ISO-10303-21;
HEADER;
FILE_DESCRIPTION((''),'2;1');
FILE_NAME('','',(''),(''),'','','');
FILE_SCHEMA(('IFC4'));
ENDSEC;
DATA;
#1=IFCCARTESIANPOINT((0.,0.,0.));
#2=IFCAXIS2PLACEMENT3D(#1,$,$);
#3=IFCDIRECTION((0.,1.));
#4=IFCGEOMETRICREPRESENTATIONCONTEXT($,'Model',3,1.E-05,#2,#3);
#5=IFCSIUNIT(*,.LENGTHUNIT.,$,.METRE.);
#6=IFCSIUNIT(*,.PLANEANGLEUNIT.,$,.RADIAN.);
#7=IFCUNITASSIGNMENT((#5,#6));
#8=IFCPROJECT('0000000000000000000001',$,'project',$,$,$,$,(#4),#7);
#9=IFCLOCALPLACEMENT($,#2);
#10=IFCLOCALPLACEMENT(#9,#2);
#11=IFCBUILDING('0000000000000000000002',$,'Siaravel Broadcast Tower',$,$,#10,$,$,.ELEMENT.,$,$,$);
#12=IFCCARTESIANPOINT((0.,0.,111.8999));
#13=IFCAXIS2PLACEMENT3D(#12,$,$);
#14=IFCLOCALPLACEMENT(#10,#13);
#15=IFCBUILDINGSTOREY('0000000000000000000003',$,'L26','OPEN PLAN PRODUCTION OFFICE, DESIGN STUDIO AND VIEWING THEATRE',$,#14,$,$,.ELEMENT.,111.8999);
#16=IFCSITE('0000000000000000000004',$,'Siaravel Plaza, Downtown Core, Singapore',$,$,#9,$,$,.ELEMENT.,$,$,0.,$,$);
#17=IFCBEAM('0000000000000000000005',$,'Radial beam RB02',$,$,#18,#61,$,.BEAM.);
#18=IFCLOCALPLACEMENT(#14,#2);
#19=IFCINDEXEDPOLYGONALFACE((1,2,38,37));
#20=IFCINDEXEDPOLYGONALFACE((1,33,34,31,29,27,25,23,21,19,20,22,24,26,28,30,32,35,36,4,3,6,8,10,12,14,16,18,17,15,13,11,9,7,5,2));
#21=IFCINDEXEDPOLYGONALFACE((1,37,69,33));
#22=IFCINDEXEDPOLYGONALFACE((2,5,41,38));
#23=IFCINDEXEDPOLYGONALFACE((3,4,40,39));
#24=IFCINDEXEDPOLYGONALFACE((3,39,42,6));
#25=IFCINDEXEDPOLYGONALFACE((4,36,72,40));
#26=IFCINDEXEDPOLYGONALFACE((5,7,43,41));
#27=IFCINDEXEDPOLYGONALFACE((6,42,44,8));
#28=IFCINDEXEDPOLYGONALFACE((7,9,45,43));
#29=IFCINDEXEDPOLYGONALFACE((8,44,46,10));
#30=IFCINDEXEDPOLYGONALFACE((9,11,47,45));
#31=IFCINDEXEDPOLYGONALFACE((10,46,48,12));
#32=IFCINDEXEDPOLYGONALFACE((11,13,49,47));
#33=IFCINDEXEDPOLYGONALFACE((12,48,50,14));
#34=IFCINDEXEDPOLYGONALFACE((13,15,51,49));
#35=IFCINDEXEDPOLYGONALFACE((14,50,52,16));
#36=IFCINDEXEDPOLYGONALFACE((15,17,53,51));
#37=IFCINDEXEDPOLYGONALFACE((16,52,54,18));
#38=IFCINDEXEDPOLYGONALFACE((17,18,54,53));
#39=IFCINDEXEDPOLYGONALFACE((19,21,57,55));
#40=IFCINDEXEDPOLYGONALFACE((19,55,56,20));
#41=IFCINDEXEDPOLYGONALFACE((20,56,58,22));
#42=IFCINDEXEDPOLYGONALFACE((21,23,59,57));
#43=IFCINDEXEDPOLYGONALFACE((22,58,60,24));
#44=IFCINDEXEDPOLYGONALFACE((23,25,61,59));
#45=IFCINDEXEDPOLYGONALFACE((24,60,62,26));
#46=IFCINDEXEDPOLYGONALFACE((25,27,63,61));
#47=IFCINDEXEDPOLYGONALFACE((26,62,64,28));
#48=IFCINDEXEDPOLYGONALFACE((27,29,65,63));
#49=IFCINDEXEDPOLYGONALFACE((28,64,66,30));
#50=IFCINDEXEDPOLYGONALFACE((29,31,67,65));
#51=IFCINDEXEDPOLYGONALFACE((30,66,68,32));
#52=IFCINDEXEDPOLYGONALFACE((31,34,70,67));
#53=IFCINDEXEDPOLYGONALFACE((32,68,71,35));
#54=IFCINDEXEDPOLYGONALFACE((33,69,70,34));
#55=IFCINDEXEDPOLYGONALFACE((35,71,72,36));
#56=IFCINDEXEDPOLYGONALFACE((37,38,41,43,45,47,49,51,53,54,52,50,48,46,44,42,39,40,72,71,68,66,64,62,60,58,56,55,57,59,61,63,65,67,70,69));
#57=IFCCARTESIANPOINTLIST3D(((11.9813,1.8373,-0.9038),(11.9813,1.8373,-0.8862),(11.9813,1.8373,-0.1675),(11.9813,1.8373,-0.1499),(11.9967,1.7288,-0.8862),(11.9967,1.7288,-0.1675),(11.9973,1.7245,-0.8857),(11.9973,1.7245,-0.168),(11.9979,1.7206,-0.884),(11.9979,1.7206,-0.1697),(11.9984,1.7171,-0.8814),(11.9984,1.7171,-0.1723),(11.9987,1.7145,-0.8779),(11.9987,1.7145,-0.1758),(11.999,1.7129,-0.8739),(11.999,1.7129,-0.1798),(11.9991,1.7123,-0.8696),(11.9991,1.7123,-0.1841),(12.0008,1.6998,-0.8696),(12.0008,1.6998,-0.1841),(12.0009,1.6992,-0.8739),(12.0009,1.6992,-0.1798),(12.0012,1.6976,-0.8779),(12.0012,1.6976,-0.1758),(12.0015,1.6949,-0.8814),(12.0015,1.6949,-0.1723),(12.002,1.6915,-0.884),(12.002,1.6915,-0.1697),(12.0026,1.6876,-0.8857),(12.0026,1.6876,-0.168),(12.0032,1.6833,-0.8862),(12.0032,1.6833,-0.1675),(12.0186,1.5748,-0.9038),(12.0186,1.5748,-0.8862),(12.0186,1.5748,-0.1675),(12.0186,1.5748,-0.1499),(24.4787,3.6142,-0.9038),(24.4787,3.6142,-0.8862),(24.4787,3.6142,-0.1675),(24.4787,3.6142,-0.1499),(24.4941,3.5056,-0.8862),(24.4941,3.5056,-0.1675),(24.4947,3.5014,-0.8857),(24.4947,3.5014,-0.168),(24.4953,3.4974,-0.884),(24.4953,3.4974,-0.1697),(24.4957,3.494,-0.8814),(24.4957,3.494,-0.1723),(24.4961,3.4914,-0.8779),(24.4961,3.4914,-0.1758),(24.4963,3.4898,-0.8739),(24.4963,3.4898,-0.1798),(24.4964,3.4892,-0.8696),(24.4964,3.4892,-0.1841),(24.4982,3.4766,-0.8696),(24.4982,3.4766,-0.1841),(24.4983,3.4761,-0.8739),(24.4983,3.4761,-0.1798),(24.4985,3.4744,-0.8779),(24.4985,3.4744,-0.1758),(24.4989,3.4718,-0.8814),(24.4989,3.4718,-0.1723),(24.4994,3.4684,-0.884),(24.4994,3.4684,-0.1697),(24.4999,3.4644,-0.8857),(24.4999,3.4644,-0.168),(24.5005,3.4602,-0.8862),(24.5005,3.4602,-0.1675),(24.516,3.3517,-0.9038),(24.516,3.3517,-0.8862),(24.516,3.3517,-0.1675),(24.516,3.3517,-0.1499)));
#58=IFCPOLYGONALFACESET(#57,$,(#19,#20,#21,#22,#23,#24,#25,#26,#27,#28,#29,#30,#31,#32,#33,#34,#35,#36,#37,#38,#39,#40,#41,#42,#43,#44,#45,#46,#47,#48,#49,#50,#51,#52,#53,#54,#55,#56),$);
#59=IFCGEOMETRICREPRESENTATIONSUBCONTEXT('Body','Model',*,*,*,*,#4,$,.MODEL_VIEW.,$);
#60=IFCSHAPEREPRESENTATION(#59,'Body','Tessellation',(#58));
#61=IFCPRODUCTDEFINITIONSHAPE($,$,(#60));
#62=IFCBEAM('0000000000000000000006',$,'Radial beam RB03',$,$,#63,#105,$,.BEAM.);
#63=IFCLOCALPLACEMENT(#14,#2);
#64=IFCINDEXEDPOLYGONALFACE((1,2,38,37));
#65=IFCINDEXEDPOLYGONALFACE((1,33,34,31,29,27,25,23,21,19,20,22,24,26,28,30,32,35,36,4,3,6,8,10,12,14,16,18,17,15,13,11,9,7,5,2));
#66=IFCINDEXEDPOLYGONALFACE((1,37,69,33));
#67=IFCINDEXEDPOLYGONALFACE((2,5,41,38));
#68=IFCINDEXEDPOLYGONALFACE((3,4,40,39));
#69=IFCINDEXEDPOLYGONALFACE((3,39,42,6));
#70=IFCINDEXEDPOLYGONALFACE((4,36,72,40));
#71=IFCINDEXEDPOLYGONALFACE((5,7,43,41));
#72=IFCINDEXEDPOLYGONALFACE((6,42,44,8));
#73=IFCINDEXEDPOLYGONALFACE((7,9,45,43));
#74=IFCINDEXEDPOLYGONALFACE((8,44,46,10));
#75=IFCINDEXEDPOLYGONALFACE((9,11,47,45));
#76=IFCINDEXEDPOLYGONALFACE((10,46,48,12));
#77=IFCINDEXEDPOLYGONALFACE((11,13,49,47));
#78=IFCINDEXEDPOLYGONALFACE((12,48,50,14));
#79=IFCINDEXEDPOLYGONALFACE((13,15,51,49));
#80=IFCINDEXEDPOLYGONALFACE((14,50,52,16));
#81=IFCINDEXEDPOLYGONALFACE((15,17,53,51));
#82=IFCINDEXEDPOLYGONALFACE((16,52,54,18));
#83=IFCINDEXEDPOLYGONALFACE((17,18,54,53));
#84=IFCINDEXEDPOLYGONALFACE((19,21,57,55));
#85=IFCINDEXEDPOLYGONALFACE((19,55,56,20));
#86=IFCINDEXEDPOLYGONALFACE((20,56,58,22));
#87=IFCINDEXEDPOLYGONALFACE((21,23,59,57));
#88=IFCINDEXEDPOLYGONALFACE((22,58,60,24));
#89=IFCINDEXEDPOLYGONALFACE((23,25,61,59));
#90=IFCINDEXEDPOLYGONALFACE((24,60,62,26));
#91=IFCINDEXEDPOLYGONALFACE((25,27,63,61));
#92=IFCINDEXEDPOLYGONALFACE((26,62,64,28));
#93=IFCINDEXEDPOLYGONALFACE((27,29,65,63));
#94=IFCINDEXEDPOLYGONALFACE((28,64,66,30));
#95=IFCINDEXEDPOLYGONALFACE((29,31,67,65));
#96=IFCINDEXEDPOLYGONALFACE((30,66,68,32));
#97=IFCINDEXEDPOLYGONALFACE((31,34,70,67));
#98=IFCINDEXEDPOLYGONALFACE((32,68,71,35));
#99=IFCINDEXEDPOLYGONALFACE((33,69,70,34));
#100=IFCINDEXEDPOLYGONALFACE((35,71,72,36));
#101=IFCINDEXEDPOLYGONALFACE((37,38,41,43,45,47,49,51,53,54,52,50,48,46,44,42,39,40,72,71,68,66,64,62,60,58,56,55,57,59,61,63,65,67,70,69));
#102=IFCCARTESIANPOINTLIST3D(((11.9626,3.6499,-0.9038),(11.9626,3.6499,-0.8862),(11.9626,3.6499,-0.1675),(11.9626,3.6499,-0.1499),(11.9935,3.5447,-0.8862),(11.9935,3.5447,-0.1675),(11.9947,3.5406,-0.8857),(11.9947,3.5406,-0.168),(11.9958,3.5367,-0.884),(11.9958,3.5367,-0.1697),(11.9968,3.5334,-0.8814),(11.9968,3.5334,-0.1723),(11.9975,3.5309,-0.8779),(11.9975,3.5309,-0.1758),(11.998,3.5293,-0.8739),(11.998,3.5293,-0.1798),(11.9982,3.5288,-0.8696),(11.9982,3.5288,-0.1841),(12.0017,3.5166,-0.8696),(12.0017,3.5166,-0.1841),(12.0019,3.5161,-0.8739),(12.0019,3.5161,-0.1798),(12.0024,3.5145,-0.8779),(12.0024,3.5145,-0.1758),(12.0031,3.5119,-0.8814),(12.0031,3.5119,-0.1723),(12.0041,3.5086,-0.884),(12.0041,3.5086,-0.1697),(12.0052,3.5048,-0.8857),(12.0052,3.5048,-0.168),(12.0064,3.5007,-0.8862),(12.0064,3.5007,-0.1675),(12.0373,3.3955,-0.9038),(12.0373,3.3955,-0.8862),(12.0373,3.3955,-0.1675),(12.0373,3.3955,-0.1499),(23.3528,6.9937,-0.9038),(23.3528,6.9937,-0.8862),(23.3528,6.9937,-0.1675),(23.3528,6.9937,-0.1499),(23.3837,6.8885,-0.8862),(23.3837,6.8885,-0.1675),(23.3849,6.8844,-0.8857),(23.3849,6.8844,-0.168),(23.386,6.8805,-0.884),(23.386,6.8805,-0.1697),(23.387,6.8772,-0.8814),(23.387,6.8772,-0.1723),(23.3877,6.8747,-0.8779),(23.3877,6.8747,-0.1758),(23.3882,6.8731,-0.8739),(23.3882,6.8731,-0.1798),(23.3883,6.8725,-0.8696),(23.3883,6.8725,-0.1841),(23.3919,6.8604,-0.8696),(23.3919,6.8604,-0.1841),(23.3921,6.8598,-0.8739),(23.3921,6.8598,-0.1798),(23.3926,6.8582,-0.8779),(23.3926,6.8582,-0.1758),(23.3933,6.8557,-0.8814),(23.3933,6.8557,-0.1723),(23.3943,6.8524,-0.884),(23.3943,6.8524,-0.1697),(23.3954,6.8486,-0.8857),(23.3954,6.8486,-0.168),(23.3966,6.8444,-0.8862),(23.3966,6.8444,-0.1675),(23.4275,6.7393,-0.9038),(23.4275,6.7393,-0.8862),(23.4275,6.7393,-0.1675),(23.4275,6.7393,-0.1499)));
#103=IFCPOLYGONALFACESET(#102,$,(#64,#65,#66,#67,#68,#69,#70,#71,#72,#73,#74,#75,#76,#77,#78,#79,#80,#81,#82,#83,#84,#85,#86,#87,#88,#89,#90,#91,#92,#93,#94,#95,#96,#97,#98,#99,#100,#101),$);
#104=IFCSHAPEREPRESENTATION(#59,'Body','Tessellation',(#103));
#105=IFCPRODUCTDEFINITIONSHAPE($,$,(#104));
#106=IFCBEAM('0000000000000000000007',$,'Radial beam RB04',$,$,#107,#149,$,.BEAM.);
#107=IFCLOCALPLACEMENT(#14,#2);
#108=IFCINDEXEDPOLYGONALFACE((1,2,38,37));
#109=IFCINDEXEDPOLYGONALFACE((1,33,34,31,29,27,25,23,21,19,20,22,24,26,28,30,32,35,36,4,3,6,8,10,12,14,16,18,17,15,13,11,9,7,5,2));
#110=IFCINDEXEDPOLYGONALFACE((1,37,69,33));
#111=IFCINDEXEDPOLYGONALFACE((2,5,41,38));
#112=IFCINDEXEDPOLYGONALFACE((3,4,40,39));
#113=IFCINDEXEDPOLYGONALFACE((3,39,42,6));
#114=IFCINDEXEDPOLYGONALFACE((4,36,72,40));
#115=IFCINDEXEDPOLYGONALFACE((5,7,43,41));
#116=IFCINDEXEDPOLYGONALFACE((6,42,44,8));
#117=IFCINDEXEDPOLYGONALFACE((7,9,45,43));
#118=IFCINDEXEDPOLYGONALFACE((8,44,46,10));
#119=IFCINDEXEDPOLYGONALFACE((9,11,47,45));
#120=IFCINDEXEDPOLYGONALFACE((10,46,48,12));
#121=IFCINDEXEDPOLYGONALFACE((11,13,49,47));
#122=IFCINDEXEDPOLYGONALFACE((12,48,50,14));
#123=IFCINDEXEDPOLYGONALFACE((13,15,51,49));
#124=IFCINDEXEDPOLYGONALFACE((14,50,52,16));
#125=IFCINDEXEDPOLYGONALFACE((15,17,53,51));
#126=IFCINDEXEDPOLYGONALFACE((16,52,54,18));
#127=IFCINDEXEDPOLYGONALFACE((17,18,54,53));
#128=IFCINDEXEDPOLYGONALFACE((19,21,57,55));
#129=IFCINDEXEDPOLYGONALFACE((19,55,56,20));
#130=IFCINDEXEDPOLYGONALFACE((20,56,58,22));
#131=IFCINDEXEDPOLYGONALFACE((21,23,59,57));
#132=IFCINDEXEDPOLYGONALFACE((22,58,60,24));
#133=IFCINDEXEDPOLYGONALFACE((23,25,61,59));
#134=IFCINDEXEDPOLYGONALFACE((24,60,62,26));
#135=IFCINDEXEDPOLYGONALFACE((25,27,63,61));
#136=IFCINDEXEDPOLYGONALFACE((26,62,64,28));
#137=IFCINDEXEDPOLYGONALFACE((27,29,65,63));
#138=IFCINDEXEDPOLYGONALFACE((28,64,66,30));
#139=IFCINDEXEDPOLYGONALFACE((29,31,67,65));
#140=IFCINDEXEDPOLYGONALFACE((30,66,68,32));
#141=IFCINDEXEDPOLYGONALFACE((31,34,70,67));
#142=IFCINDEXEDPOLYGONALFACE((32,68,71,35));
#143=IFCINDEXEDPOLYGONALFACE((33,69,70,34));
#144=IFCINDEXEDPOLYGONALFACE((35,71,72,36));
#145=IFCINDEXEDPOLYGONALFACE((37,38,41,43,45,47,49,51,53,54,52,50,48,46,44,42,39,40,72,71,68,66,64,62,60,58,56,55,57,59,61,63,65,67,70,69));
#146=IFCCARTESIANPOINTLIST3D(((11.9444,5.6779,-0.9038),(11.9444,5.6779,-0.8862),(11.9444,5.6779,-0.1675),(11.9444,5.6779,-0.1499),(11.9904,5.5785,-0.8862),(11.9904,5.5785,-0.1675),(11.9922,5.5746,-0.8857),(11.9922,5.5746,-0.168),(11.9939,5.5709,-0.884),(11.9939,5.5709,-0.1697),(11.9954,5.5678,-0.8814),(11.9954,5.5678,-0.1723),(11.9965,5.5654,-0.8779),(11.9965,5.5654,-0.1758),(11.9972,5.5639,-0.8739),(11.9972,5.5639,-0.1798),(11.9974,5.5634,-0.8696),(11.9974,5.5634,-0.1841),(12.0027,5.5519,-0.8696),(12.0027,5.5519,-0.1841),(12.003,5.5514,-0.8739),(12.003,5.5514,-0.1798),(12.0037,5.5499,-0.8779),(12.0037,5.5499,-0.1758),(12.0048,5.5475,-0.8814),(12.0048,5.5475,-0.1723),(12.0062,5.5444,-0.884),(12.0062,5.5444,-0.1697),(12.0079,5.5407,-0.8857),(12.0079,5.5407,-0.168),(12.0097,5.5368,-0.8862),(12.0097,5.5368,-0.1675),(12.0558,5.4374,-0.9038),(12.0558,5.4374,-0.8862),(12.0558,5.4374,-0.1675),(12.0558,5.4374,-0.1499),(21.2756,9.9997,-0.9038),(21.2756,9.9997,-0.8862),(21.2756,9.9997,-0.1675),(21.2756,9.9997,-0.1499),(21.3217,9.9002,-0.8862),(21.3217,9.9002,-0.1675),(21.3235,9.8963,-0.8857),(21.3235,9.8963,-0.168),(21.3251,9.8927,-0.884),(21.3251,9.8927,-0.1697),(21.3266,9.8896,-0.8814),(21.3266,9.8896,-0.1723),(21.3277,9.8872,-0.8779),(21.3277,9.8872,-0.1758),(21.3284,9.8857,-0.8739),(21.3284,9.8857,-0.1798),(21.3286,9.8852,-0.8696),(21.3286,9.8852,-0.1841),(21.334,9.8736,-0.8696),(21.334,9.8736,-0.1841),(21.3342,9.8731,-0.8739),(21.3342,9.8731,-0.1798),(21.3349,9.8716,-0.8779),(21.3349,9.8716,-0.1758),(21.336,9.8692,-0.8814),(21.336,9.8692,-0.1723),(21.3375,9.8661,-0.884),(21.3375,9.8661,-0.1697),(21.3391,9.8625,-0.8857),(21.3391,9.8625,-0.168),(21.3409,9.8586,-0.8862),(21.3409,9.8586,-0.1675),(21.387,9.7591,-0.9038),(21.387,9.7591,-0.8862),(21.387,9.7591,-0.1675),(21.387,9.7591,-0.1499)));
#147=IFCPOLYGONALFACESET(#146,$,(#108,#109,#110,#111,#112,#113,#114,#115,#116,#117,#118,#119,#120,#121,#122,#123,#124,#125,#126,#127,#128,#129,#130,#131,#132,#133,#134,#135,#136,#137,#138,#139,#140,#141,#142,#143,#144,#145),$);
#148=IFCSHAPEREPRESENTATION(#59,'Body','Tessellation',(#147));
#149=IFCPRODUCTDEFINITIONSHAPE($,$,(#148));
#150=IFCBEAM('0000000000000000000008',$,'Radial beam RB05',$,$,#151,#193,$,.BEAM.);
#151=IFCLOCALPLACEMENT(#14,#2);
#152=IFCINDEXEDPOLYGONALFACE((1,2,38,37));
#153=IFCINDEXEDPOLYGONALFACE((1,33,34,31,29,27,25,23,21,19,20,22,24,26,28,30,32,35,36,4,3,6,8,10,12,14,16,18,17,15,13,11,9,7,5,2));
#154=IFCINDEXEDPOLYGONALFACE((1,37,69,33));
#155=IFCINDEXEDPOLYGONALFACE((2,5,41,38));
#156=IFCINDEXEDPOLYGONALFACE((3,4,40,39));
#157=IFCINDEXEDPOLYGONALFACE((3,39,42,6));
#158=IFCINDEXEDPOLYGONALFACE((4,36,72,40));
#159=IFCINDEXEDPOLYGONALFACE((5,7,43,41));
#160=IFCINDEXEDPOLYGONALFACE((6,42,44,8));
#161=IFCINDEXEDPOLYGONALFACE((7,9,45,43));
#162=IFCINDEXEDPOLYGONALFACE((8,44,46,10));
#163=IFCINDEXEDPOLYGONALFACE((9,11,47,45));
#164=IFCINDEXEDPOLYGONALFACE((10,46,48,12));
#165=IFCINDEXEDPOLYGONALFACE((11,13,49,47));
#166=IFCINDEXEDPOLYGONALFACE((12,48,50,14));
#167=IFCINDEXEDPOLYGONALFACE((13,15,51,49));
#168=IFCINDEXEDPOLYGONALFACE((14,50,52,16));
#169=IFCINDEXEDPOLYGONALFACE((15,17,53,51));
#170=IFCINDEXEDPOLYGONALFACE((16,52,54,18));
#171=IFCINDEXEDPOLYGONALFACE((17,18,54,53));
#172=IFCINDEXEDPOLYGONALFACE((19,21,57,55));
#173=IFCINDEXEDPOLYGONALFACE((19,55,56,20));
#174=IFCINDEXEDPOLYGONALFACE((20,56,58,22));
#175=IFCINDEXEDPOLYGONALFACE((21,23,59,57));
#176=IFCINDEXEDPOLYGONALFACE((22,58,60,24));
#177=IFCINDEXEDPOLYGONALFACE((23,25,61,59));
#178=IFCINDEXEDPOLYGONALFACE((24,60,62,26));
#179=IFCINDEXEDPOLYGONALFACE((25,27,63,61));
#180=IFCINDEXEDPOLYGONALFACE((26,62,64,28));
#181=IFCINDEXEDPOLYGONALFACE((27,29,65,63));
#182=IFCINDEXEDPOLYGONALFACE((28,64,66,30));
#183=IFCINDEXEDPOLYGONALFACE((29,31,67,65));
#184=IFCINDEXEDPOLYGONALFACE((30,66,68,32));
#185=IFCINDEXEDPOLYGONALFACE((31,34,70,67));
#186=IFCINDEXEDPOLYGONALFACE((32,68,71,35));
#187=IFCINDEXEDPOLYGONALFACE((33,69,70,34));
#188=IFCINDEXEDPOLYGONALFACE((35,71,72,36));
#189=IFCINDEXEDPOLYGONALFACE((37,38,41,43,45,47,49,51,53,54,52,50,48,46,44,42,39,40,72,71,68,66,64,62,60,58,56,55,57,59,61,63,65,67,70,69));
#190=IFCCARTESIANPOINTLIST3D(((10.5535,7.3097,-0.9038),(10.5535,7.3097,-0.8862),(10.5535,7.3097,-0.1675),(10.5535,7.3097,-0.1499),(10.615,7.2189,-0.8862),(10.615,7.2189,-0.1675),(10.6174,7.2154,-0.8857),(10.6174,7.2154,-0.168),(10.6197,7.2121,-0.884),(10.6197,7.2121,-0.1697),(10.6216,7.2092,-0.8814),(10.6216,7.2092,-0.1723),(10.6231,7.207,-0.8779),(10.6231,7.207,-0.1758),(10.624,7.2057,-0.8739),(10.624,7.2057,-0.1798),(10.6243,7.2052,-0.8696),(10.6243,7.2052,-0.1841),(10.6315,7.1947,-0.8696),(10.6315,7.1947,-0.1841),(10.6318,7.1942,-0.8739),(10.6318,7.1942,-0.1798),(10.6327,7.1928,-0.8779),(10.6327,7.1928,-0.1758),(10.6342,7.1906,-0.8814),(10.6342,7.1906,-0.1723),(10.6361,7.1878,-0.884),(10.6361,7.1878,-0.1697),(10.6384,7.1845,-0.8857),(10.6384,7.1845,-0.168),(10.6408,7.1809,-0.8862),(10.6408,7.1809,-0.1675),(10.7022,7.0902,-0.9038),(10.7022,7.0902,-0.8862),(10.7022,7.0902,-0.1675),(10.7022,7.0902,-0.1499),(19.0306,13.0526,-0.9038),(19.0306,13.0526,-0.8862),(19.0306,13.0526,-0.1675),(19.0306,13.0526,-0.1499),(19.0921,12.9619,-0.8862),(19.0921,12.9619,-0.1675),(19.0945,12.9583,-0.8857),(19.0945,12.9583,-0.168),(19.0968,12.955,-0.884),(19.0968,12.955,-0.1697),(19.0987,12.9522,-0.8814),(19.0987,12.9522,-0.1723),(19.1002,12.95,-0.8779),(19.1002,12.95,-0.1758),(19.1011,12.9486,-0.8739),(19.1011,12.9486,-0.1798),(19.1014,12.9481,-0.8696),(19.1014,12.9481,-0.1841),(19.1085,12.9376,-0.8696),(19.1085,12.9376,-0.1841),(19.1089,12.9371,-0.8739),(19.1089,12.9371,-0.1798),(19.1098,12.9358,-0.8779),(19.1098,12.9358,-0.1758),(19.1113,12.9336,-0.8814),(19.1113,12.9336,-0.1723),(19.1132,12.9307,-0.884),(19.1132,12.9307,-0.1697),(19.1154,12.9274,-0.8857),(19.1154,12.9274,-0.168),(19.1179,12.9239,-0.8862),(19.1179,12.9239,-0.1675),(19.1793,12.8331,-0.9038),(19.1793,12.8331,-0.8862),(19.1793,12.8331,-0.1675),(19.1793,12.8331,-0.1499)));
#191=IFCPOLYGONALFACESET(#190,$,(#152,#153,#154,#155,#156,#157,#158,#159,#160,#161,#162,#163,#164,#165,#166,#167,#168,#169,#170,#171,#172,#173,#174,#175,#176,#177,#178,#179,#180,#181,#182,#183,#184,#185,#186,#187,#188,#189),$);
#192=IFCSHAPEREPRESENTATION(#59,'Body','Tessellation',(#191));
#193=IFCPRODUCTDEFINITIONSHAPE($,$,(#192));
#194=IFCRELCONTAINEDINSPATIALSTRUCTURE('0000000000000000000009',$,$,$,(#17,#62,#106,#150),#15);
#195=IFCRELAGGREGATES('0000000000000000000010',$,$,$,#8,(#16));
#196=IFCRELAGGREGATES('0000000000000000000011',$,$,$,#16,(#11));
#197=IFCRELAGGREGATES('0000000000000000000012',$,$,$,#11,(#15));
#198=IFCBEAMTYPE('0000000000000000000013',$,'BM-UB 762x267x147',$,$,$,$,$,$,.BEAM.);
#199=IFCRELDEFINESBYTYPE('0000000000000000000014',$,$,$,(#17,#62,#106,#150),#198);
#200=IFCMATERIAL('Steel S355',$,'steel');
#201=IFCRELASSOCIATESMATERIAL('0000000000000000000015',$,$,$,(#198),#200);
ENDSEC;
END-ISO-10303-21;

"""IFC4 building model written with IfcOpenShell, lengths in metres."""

from ifc_helpers import new_model, si_unit, direction, frame, origin, origin_2d, place, context, subcontext, project, spatial, i_section, extrude, material, material_profile, profile_set, type_object, element, save


model = new_model("IFC4")

# Units and contexts
model_context = context("Model", 3, precision=1e-05, world=origin(), true_north=direction((0.0, 1.0)))
body_context = subcontext(model_context, "Body", "Model", "MODEL_VIEW")
ifc_project = project(units=[si_unit("LENGTHUNIT", "METRE"), si_unit("PLANEANGLEUNIT", "RADIAN")], contexts=[model_context])

# Site, building, storey
site_placement = place(None, origin())
site = spatial("IfcSite", under=ifc_project, at=site_placement, Name="Siaravel Plaza, Downtown Core, Singapore", CompositionType="ELEMENT", RefElevation=0.0)
building_placement = place(site_placement, origin())
building = spatial("IfcBuilding", under=site, at=building_placement, Name="Siaravel Broadcast Tower", CompositionType="ELEMENT")
storey_placement = place(building_placement, frame((0.0, 0.0, 111.8999)))
storey = spatial("IfcBuildingStorey", under=building, at=storey_placement, Name="L26", Description="OPEN PLAN PRODUCTION OFFICE, DESIGN STUDIO AND VIEWING THEATRE", CompositionType="ELEMENT", Elevation=111.8999)

# Beams
ifc_material_1 = material(Name="Steel S355", Category="steel")
ifc_material_profile_1 = material_profile(ifc_material_1, i_section(OverallWidth=0.2651, OverallDepth=0.7539, WebThickness=0.0127, FlangeThickness=0.0176, FilletRadius=0.0166, at=origin_2d()))
ifc_profile_set_1 = profile_set([ifc_material_profile_1], Name="Steel S355")
beam_type = type_object("IfcBeamType", Name="BM-UB 762x267x147", PredefinedType="BEAM", material=ifc_profile_set_1)
beam_1_placement = place(storey_placement, frame((24.4973, 3.4829, -0.5269), z_axis=(-0.990043, -0.140763, 0.0), x_axis=(0.140763, -0.990043, 0.0)))
element("IfcBeam", 1, at=beam_1_placement, inside=storey, type_object=beam_type, Name="Radial beam RB02", PredefinedType="BEAM", context=body_context, shape_type="SweptSolid", body=[
    extrude(i_section(OverallWidth=0.2651, OverallDepth=0.7539, WebThickness=0.0127, FlangeThickness=0.0176, FilletRadius=0.0166, at=origin_2d()), origin(), (0.0, 0.0, 1.0), 12.623),
])
beam_2_placement = place(storey_placement, frame((23.3901, 6.8665, -0.5269), z_axis=(-0.959509, -0.281679, 0.0), x_axis=(0.281679, -0.959509, 0.0)))
element("IfcBeam", 2, at=beam_2_placement, inside=storey, type_object=beam_type, Name="Radial beam RB03", PredefinedType="BEAM", context=body_context, shape_type="SweptSolid", body=[
    extrude(i_section(OverallWidth=0.2651, OverallDepth=0.7539, WebThickness=0.0127, FlangeThickness=0.0176, FilletRadius=0.0166, at=origin_2d()), origin(), (0.0, 0.0, 1.0), 11.8708),
])
beam_3_placement = place(storey_placement, frame((21.3313, 9.8794, -0.5269), z_axis=(-0.907403, -0.420262, 0.0), x_axis=(0.420262, -0.907403, 0.0)))
element("IfcBeam", 3, at=beam_3_placement, inside=storey, type_object=beam_type, Name="Radial beam RB04", PredefinedType="BEAM", context=body_context, shape_type="SweptSolid", body=[
    extrude(i_section(OverallWidth=0.2651, OverallDepth=0.7539, WebThickness=0.0127, FlangeThickness=0.0176, FilletRadius=0.0166, at=origin_2d()), origin(), (0.0, 0.0, 1.0), 10.2834),
])
beam_4_placement = place(storey_placement, frame((19.105, 12.9429, -0.5269), z_axis=(-0.8279, -0.560875, 0.0), x_axis=(0.560875, -0.8279, 0.0)))
element("IfcBeam", 4, at=beam_4_placement, inside=storey, type_object=beam_type, Name="Radial beam RB05", PredefinedType="BEAM", context=body_context, shape_type="SweptSolid", body=[
    extrude(i_section(OverallWidth=0.2651, OverallDepth=0.7539, WebThickness=0.0127, FlangeThickness=0.0176, FilletRadius=0.0166, at=origin_2d()), origin(), (0.0, 0.0, 1.0), 10.2393),
])

save(model, "model.ifc")
